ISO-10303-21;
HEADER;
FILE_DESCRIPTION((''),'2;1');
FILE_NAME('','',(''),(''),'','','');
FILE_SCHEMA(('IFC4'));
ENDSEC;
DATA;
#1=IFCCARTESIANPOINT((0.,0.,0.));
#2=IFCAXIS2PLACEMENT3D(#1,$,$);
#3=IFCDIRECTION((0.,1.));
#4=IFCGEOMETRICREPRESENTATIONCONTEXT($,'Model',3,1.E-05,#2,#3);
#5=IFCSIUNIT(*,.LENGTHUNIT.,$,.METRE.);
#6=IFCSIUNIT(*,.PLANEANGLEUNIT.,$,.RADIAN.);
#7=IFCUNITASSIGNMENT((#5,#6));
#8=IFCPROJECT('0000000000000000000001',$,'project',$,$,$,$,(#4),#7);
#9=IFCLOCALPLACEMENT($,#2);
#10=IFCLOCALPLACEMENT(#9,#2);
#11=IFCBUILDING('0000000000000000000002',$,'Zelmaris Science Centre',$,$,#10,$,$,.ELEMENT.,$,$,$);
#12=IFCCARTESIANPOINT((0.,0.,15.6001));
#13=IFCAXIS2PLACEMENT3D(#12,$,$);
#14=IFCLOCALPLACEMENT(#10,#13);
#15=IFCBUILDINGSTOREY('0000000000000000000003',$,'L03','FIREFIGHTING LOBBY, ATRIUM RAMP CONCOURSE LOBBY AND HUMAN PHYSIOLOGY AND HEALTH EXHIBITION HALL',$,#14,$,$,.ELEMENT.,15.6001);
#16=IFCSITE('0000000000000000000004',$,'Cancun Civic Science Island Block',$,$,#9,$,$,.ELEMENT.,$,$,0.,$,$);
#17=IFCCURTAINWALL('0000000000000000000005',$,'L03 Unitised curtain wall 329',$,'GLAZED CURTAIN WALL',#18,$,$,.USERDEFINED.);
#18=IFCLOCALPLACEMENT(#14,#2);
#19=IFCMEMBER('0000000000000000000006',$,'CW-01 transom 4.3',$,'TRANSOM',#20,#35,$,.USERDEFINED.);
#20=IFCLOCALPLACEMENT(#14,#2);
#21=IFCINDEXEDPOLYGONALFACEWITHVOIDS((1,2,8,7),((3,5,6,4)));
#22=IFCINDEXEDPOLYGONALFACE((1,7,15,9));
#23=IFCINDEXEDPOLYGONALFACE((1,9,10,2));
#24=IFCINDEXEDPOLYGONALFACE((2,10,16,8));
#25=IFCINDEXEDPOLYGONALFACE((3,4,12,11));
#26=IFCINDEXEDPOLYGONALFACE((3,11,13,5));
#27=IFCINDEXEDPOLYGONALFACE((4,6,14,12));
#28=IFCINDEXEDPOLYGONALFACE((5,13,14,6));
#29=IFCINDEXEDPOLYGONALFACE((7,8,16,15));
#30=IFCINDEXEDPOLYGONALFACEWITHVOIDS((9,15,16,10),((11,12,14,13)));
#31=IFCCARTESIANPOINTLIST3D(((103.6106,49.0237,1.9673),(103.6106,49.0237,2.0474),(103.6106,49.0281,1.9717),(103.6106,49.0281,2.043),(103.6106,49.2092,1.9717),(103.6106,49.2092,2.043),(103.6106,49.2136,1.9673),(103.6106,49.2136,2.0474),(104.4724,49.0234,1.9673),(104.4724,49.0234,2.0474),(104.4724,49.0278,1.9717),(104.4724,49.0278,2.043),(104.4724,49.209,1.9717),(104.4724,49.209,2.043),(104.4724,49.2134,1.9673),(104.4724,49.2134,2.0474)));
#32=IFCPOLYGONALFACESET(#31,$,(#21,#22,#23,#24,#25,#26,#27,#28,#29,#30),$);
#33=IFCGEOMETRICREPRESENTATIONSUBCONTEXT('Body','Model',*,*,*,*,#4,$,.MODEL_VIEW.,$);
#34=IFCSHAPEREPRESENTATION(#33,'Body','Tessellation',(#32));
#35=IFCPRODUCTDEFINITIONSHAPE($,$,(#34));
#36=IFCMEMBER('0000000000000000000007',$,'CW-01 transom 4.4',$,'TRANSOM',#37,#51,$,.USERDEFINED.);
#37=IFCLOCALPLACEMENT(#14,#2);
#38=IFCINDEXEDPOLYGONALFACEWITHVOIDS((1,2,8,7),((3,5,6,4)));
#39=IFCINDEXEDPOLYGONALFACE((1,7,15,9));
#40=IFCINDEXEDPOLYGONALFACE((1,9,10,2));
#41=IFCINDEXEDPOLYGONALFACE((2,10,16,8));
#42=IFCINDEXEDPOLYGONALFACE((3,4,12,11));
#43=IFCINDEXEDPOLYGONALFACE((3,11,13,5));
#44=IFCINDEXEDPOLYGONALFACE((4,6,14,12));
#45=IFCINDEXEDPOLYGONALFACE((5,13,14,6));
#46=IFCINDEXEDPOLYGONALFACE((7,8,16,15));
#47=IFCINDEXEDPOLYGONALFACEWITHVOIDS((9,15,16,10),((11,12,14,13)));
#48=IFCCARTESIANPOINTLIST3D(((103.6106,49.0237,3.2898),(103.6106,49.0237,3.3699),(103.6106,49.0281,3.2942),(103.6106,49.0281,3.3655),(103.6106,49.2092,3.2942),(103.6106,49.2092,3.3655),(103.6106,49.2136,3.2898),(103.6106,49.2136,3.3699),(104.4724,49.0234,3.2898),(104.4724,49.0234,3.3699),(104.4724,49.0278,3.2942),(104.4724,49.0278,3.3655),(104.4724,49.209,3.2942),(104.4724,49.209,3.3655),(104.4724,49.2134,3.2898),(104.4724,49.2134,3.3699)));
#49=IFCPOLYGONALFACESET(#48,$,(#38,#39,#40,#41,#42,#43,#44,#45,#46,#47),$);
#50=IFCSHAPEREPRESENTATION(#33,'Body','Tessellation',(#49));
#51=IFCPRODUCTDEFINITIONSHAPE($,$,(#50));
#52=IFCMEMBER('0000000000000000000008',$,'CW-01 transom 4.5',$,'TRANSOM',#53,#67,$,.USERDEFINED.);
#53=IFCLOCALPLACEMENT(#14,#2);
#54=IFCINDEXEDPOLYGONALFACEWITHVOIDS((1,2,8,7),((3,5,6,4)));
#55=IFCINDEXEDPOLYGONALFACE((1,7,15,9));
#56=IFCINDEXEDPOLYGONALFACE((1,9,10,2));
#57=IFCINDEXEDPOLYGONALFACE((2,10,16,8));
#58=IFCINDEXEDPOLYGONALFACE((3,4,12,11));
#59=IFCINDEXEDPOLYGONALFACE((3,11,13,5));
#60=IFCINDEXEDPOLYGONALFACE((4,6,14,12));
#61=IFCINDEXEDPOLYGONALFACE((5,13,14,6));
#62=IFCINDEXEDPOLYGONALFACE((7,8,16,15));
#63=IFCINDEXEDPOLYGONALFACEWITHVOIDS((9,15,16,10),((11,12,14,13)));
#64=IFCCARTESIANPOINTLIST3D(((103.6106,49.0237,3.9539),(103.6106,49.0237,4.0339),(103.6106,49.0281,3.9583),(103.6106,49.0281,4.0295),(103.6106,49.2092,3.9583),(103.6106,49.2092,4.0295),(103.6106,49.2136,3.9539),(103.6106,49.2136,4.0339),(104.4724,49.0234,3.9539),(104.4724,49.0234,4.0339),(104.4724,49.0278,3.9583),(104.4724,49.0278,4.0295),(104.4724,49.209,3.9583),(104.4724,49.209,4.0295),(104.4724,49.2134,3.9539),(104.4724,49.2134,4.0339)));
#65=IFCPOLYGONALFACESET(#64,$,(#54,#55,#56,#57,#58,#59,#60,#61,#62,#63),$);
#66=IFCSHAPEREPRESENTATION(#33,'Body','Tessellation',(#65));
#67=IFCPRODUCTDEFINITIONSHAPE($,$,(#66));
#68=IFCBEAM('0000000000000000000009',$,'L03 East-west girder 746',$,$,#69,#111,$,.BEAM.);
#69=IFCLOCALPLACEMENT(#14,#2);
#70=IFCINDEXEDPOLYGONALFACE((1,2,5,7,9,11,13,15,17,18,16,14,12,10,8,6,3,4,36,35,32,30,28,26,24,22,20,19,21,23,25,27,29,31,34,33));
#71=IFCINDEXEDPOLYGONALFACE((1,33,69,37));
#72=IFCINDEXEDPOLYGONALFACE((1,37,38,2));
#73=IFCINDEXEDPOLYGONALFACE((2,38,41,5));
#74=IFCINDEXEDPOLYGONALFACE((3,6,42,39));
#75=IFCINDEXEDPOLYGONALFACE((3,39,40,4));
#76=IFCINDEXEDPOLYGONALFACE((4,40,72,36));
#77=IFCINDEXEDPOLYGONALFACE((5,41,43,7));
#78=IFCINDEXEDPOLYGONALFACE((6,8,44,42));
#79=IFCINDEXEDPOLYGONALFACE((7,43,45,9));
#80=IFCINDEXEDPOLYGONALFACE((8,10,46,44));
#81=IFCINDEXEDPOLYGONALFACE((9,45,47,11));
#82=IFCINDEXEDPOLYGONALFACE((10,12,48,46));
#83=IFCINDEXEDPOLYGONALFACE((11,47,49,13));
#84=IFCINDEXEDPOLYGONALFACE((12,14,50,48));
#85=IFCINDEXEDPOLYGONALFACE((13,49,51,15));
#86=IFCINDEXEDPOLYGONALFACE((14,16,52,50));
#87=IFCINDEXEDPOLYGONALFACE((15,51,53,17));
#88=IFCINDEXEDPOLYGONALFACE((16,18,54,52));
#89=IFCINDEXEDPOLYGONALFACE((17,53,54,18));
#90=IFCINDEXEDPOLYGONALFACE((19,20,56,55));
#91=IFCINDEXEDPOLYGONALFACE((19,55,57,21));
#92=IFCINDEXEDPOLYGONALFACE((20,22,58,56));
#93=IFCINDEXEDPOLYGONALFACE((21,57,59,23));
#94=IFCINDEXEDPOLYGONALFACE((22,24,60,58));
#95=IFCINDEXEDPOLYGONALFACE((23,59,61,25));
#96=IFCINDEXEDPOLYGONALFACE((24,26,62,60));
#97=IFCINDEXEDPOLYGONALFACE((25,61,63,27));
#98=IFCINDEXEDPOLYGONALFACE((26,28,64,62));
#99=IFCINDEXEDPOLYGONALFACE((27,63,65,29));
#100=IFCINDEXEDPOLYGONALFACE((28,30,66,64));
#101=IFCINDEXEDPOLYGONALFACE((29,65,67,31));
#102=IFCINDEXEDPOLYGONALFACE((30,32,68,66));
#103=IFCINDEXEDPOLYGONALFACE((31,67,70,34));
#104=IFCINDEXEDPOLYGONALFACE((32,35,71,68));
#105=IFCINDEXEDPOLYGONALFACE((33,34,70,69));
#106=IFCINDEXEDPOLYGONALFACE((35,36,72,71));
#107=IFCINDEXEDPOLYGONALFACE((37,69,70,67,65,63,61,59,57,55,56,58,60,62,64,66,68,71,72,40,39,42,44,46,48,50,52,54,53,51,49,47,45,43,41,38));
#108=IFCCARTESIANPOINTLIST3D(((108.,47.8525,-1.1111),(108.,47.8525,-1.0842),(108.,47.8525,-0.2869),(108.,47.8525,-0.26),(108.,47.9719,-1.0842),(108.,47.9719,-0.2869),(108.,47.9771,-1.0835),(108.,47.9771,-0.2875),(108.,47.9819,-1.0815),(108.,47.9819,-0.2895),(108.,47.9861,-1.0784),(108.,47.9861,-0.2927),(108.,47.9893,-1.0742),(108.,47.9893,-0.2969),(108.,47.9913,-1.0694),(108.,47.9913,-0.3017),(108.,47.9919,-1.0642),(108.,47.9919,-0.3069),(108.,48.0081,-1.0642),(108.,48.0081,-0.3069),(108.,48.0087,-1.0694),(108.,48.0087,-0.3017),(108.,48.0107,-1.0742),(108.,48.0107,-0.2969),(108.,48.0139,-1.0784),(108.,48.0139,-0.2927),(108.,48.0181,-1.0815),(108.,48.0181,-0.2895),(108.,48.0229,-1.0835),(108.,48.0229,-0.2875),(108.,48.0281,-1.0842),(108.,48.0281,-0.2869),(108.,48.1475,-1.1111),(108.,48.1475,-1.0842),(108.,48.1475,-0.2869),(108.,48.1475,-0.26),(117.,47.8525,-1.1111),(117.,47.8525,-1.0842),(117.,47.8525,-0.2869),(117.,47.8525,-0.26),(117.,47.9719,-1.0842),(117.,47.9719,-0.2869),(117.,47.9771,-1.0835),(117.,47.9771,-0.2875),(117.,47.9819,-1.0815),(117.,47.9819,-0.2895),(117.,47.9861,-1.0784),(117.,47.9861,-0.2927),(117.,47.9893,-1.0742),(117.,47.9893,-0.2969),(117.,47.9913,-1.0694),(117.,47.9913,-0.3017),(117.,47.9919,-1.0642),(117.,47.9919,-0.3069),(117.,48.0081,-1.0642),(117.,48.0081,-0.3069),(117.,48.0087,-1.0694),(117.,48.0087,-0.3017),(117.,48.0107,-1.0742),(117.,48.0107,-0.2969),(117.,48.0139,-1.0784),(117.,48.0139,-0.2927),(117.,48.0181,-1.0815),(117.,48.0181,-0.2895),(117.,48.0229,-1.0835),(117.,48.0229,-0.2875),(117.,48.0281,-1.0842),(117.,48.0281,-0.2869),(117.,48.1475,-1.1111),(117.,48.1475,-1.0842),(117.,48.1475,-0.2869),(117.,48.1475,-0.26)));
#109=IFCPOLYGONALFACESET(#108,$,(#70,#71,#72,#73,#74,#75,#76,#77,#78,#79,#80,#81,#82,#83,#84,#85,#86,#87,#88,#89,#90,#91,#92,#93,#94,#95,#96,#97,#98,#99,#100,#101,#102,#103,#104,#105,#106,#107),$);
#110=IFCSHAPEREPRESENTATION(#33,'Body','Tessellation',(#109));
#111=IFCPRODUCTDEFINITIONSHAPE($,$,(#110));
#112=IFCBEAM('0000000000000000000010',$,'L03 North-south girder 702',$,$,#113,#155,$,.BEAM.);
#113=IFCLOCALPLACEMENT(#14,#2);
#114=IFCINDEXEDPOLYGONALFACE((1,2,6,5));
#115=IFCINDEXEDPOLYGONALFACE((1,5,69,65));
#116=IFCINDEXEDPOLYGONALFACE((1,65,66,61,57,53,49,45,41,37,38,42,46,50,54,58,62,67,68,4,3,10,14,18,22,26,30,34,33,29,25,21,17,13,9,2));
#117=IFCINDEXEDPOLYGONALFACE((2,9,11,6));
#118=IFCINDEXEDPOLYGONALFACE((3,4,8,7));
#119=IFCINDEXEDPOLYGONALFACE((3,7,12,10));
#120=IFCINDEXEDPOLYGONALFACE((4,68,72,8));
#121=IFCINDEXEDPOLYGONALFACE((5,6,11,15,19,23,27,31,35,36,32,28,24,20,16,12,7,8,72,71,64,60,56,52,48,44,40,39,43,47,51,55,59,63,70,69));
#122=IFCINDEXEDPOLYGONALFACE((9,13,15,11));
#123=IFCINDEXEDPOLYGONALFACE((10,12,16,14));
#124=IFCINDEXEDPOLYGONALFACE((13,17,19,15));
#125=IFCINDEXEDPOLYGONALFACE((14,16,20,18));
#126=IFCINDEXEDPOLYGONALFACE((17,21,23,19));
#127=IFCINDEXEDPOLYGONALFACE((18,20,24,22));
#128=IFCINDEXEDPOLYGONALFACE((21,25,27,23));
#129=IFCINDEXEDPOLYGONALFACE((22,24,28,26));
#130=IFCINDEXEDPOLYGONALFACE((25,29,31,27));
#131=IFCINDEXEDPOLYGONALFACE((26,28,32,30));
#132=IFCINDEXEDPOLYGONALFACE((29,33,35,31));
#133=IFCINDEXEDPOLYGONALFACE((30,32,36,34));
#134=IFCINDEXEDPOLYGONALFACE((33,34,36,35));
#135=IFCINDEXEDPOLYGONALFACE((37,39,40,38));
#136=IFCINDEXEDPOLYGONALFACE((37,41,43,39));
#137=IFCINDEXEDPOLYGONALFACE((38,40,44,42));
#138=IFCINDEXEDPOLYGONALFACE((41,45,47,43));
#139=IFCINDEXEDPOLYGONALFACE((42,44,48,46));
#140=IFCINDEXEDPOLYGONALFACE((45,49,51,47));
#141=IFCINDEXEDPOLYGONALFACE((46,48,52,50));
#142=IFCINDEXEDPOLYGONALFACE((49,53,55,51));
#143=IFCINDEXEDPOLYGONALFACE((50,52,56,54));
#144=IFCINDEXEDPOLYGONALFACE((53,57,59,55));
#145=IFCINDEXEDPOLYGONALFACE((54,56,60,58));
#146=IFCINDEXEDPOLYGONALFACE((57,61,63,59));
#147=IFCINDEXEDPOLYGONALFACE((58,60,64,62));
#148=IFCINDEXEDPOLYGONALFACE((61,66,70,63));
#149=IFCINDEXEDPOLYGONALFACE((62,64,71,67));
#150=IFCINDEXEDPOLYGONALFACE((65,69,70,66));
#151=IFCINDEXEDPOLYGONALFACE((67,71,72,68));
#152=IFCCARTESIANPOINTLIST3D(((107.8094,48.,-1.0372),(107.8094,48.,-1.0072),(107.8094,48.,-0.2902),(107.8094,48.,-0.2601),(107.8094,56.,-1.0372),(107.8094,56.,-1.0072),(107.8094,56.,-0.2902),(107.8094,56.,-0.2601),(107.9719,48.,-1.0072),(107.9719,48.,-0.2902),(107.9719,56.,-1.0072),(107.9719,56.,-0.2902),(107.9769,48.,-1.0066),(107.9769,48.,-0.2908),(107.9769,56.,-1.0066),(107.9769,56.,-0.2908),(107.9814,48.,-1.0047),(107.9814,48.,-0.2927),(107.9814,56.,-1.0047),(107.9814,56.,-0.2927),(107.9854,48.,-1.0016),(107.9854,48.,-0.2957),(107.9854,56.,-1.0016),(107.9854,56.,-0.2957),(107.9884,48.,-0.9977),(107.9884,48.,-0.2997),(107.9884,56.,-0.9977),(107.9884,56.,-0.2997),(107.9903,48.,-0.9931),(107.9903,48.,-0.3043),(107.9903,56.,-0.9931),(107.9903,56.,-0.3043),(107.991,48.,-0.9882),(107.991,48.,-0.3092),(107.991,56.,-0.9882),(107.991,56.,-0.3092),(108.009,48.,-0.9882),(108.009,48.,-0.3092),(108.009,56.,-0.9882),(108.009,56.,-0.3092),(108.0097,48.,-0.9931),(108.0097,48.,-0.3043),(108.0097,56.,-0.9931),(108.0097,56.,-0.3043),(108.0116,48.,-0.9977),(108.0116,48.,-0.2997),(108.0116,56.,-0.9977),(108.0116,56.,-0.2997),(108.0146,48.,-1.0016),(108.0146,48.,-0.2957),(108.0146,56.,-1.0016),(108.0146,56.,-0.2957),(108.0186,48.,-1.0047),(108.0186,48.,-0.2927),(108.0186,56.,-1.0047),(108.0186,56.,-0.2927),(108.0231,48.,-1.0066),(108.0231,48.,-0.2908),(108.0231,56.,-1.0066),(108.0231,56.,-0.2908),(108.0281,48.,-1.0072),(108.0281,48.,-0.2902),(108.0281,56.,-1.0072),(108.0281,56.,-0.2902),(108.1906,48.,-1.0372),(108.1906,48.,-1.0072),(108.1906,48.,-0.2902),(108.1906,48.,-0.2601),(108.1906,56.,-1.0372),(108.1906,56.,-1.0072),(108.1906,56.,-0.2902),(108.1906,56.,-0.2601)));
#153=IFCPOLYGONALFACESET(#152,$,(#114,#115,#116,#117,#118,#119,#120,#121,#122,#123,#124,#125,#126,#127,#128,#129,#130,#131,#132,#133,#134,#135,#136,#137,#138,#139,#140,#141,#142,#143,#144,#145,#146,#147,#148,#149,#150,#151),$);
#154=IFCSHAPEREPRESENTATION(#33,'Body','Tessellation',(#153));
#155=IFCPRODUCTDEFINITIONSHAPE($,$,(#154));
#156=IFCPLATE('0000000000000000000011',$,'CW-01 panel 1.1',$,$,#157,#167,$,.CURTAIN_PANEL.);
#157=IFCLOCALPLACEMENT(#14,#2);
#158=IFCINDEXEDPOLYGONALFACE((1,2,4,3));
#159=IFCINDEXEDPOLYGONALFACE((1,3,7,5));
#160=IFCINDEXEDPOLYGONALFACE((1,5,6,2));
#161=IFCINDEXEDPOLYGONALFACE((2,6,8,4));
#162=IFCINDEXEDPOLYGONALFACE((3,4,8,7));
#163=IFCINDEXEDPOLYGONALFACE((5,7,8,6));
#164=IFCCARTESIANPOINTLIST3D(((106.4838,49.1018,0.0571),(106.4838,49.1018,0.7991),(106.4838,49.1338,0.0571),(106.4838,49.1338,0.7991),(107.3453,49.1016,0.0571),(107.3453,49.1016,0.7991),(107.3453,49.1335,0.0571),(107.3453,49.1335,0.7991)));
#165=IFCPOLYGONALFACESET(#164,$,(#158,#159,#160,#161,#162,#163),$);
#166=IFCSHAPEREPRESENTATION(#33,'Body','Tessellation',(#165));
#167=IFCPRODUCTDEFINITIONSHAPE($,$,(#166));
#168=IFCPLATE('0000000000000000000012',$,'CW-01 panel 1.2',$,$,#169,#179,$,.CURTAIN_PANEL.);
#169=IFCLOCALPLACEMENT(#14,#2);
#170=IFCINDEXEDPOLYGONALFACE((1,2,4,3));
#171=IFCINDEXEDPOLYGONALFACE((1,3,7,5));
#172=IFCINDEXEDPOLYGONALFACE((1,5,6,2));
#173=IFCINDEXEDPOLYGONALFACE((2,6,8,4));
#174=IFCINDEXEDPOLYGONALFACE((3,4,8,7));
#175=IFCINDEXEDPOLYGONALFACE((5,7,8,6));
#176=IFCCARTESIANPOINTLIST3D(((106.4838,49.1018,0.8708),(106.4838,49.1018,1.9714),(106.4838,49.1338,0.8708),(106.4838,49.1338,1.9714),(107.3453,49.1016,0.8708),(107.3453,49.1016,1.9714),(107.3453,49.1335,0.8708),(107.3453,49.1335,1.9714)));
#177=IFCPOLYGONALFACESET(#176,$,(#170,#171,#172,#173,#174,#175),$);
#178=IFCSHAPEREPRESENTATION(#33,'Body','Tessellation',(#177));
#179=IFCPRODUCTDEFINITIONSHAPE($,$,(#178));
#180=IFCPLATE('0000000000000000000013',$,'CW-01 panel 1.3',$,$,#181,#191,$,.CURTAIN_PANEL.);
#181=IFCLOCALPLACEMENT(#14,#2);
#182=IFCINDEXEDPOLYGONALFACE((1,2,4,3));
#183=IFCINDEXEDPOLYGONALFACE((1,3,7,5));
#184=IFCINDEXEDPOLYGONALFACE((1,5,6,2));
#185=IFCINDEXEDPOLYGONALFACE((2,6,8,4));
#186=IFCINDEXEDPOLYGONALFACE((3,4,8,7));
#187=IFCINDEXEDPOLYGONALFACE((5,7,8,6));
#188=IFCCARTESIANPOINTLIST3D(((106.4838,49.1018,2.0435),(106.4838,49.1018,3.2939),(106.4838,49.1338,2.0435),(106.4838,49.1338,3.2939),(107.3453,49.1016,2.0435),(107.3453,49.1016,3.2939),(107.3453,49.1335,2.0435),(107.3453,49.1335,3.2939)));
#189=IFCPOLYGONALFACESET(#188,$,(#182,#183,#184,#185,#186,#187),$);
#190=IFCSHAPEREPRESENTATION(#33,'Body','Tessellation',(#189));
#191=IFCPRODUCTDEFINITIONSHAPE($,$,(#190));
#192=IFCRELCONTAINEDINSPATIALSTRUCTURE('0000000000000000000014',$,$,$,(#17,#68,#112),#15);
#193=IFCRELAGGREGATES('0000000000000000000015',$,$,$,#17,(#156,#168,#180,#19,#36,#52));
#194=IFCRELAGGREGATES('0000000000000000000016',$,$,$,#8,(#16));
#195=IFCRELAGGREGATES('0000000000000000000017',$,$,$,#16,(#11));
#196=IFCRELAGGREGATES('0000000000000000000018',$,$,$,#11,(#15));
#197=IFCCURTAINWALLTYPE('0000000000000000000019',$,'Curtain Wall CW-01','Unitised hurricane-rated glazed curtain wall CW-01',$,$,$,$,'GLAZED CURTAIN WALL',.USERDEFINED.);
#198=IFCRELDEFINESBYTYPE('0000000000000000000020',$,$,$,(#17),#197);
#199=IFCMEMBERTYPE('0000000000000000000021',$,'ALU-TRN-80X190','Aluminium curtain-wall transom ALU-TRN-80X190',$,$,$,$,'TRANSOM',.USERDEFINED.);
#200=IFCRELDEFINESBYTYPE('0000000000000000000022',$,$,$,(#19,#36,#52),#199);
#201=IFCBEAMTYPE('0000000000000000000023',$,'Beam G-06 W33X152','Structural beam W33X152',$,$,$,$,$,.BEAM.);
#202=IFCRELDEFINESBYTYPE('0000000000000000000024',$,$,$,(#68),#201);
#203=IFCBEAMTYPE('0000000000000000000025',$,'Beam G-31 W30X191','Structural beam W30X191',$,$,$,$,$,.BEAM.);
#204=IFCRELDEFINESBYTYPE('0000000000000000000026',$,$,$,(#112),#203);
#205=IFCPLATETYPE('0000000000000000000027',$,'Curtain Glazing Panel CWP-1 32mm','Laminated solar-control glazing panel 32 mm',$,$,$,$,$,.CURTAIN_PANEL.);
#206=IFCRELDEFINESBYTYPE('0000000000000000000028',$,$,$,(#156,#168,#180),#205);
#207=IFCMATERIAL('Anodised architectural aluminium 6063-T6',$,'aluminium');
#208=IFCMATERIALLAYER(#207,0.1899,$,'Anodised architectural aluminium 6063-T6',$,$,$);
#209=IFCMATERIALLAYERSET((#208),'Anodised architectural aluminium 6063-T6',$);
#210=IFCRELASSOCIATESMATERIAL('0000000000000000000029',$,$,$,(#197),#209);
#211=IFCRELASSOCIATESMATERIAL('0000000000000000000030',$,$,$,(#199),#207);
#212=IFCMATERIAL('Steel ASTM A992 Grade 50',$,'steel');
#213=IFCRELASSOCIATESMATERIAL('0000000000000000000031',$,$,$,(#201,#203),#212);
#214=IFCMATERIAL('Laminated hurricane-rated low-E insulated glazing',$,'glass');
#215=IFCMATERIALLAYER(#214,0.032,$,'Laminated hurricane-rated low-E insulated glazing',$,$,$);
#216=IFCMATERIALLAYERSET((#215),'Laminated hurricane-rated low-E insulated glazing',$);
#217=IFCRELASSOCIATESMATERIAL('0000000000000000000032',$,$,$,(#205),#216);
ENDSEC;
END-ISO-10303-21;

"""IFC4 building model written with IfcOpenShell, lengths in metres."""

from ifc_helpers import new_model, si_unit, direction, frame, origin, origin_2d, place, context, subcontext, project, spatial, rectangle, hollow_rectangle, i_section, extrude, material, layer, layer_set, material_profile, profile_set, type_object, element, aggregate, save


model = new_model("IFC4")

# Units and contexts
model_context = context("Model", 3, precision=1e-05, world=origin(), true_north=direction((0.0, 1.0)))
body_context = subcontext(model_context, "Body", "Model", "MODEL_VIEW")
ifc_project = project(units=[si_unit("LENGTHUNIT", "METRE"), si_unit("PLANEANGLEUNIT", "RADIAN")], contexts=[model_context])

# Site, building, storey
site_placement = place(None, origin())
site = spatial("IfcSite", under=ifc_project, at=site_placement, Name="Cancun Civic Science Island Block", CompositionType="ELEMENT", RefElevation=0.0)
building_placement = place(site_placement, origin())
building = spatial("IfcBuilding", under=site, at=building_placement, Name="Zelmaris Science Centre", CompositionType="ELEMENT")
storey_placement = place(building_placement, frame((0.0, 0.0, 15.6001)))
storey = spatial("IfcBuildingStorey", under=building, at=storey_placement, Name="L03", Description="FIREFIGHTING LOBBY, ATRIUM RAMP CONCOURSE LOBBY AND HUMAN PHYSIOLOGY AND HEALTH EXHIBITION HALL", CompositionType="ELEMENT", Elevation=15.6001)

# Shared definitions
ifc_material_1 = material(Name="Steel ASTM A992 Grade 50", Category="steel")

# Curtain wall, members
ifc_material_2 = material(Name="Anodised architectural aluminium 6063-T6", Category="aluminium")
ifc_layer_1 = layer(ifc_material_2, 0.1899, Name="Anodised architectural aluminium 6063-T6")
ifc_layer_set_1 = layer_set([ifc_layer_1], Name="Anodised architectural aluminium 6063-T6")
curtain_wall_type = type_object("IfcCurtainWallType", Name="Curtain Wall CW-01", Description="Unitised hurricane-rated glazed curtain wall CW-01", ElementType="GLAZED CURTAIN WALL", PredefinedType="USERDEFINED", material=ifc_layer_set_1)
curtain_wall_placement = place(storey_placement, origin())
curtain_wall = element("IfcCurtainWall", 1, at=curtain_wall_placement, inside=storey, type_object=curtain_wall_type, Name="L03 Unitised curtain wall 329", ObjectType="GLAZED CURTAIN WALL", PredefinedType="USERDEFINED")
ifc_material_profile_1 = material_profile(ifc_material_2, hollow_rectangle(XDim=0.0801, YDim=0.1899, WallThickness=0.0044, at=origin_2d()), Name="ALU-TRN-80X190")
ifc_profile_set_1 = profile_set([ifc_material_profile_1], Name="Anodised architectural aluminium 6063-T6")
member_type_1 = type_object("IfcMemberType", Name="ALU-TRN-80X190", Description="Aluminium curtain-wall transom ALU-TRN-80X190", ElementType="TRANSOM", PredefinedType="USERDEFINED", material=ifc_profile_set_1)
member_1_placement = place(storey_placement, frame((104.4724, 49.1184, 2.0073), z_axis=(-1.0, 0.000283, 0.0), x_axis=(0.0, 0.0, 1.0)))
member_1 = element("IfcMember", 2, at=member_1_placement, type_object=member_type_1, Name="CW-01 transom 4.3", ObjectType="TRANSOM", PredefinedType="USERDEFINED", context=body_context, shape_type="SweptSolid", body=[
    extrude(hollow_rectangle(XDim=0.0801, YDim=0.1899, WallThickness=0.0044, at=origin_2d()), origin(), (0.0, 0.0, 1.0), 0.8618),
])
member_2_placement = place(storey_placement, frame((104.4724, 49.1184, 3.3298), z_axis=(-1.0, 0.000283, 0.0), x_axis=(0.0, 0.0, 1.0)))
member_2 = element("IfcMember", 3, at=member_2_placement, type_object=member_type_1, Name="CW-01 transom 4.4", ObjectType="TRANSOM", PredefinedType="USERDEFINED", context=body_context, shape_type="SweptSolid", body=[
    extrude(hollow_rectangle(XDim=0.0801, YDim=0.1899, WallThickness=0.0044, at=origin_2d()), origin(), (0.0, 0.0, 1.0), 0.8618),
])
member_3_placement = place(storey_placement, frame((104.4724, 49.1184, 3.9939), z_axis=(-1.0, 0.000283, 0.0), x_axis=(0.0, 0.0, 1.0)))
member_3 = element("IfcMember", 4, at=member_3_placement, type_object=member_type_1, Name="CW-01 transom 4.5", ObjectType="TRANSOM", PredefinedType="USERDEFINED", context=body_context, shape_type="SweptSolid", body=[
    extrude(hollow_rectangle(XDim=0.0801, YDim=0.1899, WallThickness=0.0044, at=origin_2d()), origin(), (0.0, 0.0, 1.0), 0.8618),
])

# Beams
ifc_material_profile_2 = material_profile(ifc_material_1, i_section(OverallWidth=0.2949, OverallDepth=0.8511, WebThickness=0.0161, FlangeThickness=0.0269, FilletRadius=0.02, at=origin_2d()), Name="W33X152")
ifc_profile_set_2 = profile_set([ifc_material_profile_2], Name="Steel ASTM A992 Grade 50")
beam_type_1 = type_object("IfcBeamType", Name="Beam G-06 W33X152", Description="Structural beam W33X152", PredefinedType="BEAM", material=ifc_profile_set_2)
beam_1_placement = place(storey_placement, frame((108.0, 48.0, -0.6855), z_axis=(1.0, 0.0, 0.0), x_axis=(0.0, 1.0, 0.0)))
element("IfcBeam", 5, at=beam_1_placement, inside=storey, type_object=beam_type_1, Name="L03 East-west girder 746", PredefinedType="BEAM", context=body_context, shape_type="SweptSolid", body=[
    extrude(i_section(OverallWidth=0.2949, OverallDepth=0.8511, WebThickness=0.0161, FlangeThickness=0.0269, FilletRadius=0.02, at=origin_2d()), origin(), (0.0, 0.0, 1.0), 9.0),
])
ifc_material_profile_3 = material_profile(ifc_material_1, i_section(OverallWidth=0.3811, OverallDepth=0.7771, WebThickness=0.0181, FlangeThickness=0.03, FilletRadius=0.019, at=origin_2d()), Name="W30X191")
ifc_profile_set_3 = profile_set([ifc_material_profile_3], Name="Steel ASTM A992 Grade 50")
beam_type_2 = type_object("IfcBeamType", Name="Beam G-31 W30X191", Description="Structural beam W30X191", PredefinedType="BEAM", material=ifc_profile_set_3)
beam_2_placement = place(storey_placement, frame((108.0, 48.0, -0.6487), z_axis=(0.0, 1.0, 0.0), x_axis=(-1.0, 0.0, 0.0)))
element("IfcBeam", 6, at=beam_2_placement, inside=storey, type_object=beam_type_2, Name="L03 North-south girder 702", PredefinedType="BEAM", context=body_context, shape_type="SweptSolid", body=[
    extrude(i_section(OverallWidth=0.3811, OverallDepth=0.7771, WebThickness=0.0181, FlangeThickness=0.03, FilletRadius=0.019, at=origin_2d()), origin(), (0.0, 0.0, 1.0), 8.0),
])

# Plates
ifc_material_3 = material(Name="Laminated hurricane-rated low-E insulated glazing", Category="glass")
ifc_layer_2 = layer(ifc_material_3, 0.032, Name="Laminated hurricane-rated low-E insulated glazing")
ifc_layer_set_2 = layer_set([ifc_layer_2], Name="Laminated hurricane-rated low-E insulated glazing")
plate_type = type_object("IfcPlateType", Name="Curtain Glazing Panel CWP-1 32mm", Description="Laminated solar-control glazing panel 32 mm", PredefinedType="CURTAIN_PANEL", material=ifc_layer_set_2)
plate_1_placement = place(storey_placement, frame((106.9146, 49.1177, 0.0571), z_axis=(0.0, 0.0, 1.0), x_axis=(-1.0, 0.000284, 0.0)))
plate_1 = element("IfcPlate", 7, at=plate_1_placement, type_object=plate_type, Name="CW-01 panel 1.1", PredefinedType="CURTAIN_PANEL", context=body_context, shape_type="SweptSolid", body=[
    extrude(rectangle(XDim=0.8616, YDim=0.032, at=origin_2d()), origin(), (0.0, 0.0, 1.0), 0.7419),
])
plate_2_placement = place(storey_placement, frame((106.9146, 49.1177, 0.8708), z_axis=(0.0, 0.0, 1.0), x_axis=(-1.0, 0.000284, 0.0)))
plate_2 = element("IfcPlate", 8, at=plate_2_placement, type_object=plate_type, Name="CW-01 panel 1.2", PredefinedType="CURTAIN_PANEL", context=body_context, shape_type="SweptSolid", body=[
    extrude(rectangle(XDim=0.8616, YDim=0.032, at=origin_2d()), origin(), (0.0, 0.0, 1.0), 1.1006),
])
plate_3_placement = place(storey_placement, frame((106.9146, 49.1177, 2.0435), z_axis=(0.0, 0.0, 1.0), x_axis=(-1.0, 0.000284, 0.0)))
plate_3 = element("IfcPlate", 9, at=plate_3_placement, type_object=plate_type, Name="CW-01 panel 1.3", PredefinedType="CURTAIN_PANEL", context=body_context, shape_type="SweptSolid", body=[
    extrude(rectangle(XDim=0.8616, YDim=0.032, at=origin_2d()), origin(), (0.0, 0.0, 1.0), 1.2505),
])
aggregate(curtain_wall, [plate_1, plate_2, plate_3, member_1, member_2, member_3])

save(model, "model.ifc")
